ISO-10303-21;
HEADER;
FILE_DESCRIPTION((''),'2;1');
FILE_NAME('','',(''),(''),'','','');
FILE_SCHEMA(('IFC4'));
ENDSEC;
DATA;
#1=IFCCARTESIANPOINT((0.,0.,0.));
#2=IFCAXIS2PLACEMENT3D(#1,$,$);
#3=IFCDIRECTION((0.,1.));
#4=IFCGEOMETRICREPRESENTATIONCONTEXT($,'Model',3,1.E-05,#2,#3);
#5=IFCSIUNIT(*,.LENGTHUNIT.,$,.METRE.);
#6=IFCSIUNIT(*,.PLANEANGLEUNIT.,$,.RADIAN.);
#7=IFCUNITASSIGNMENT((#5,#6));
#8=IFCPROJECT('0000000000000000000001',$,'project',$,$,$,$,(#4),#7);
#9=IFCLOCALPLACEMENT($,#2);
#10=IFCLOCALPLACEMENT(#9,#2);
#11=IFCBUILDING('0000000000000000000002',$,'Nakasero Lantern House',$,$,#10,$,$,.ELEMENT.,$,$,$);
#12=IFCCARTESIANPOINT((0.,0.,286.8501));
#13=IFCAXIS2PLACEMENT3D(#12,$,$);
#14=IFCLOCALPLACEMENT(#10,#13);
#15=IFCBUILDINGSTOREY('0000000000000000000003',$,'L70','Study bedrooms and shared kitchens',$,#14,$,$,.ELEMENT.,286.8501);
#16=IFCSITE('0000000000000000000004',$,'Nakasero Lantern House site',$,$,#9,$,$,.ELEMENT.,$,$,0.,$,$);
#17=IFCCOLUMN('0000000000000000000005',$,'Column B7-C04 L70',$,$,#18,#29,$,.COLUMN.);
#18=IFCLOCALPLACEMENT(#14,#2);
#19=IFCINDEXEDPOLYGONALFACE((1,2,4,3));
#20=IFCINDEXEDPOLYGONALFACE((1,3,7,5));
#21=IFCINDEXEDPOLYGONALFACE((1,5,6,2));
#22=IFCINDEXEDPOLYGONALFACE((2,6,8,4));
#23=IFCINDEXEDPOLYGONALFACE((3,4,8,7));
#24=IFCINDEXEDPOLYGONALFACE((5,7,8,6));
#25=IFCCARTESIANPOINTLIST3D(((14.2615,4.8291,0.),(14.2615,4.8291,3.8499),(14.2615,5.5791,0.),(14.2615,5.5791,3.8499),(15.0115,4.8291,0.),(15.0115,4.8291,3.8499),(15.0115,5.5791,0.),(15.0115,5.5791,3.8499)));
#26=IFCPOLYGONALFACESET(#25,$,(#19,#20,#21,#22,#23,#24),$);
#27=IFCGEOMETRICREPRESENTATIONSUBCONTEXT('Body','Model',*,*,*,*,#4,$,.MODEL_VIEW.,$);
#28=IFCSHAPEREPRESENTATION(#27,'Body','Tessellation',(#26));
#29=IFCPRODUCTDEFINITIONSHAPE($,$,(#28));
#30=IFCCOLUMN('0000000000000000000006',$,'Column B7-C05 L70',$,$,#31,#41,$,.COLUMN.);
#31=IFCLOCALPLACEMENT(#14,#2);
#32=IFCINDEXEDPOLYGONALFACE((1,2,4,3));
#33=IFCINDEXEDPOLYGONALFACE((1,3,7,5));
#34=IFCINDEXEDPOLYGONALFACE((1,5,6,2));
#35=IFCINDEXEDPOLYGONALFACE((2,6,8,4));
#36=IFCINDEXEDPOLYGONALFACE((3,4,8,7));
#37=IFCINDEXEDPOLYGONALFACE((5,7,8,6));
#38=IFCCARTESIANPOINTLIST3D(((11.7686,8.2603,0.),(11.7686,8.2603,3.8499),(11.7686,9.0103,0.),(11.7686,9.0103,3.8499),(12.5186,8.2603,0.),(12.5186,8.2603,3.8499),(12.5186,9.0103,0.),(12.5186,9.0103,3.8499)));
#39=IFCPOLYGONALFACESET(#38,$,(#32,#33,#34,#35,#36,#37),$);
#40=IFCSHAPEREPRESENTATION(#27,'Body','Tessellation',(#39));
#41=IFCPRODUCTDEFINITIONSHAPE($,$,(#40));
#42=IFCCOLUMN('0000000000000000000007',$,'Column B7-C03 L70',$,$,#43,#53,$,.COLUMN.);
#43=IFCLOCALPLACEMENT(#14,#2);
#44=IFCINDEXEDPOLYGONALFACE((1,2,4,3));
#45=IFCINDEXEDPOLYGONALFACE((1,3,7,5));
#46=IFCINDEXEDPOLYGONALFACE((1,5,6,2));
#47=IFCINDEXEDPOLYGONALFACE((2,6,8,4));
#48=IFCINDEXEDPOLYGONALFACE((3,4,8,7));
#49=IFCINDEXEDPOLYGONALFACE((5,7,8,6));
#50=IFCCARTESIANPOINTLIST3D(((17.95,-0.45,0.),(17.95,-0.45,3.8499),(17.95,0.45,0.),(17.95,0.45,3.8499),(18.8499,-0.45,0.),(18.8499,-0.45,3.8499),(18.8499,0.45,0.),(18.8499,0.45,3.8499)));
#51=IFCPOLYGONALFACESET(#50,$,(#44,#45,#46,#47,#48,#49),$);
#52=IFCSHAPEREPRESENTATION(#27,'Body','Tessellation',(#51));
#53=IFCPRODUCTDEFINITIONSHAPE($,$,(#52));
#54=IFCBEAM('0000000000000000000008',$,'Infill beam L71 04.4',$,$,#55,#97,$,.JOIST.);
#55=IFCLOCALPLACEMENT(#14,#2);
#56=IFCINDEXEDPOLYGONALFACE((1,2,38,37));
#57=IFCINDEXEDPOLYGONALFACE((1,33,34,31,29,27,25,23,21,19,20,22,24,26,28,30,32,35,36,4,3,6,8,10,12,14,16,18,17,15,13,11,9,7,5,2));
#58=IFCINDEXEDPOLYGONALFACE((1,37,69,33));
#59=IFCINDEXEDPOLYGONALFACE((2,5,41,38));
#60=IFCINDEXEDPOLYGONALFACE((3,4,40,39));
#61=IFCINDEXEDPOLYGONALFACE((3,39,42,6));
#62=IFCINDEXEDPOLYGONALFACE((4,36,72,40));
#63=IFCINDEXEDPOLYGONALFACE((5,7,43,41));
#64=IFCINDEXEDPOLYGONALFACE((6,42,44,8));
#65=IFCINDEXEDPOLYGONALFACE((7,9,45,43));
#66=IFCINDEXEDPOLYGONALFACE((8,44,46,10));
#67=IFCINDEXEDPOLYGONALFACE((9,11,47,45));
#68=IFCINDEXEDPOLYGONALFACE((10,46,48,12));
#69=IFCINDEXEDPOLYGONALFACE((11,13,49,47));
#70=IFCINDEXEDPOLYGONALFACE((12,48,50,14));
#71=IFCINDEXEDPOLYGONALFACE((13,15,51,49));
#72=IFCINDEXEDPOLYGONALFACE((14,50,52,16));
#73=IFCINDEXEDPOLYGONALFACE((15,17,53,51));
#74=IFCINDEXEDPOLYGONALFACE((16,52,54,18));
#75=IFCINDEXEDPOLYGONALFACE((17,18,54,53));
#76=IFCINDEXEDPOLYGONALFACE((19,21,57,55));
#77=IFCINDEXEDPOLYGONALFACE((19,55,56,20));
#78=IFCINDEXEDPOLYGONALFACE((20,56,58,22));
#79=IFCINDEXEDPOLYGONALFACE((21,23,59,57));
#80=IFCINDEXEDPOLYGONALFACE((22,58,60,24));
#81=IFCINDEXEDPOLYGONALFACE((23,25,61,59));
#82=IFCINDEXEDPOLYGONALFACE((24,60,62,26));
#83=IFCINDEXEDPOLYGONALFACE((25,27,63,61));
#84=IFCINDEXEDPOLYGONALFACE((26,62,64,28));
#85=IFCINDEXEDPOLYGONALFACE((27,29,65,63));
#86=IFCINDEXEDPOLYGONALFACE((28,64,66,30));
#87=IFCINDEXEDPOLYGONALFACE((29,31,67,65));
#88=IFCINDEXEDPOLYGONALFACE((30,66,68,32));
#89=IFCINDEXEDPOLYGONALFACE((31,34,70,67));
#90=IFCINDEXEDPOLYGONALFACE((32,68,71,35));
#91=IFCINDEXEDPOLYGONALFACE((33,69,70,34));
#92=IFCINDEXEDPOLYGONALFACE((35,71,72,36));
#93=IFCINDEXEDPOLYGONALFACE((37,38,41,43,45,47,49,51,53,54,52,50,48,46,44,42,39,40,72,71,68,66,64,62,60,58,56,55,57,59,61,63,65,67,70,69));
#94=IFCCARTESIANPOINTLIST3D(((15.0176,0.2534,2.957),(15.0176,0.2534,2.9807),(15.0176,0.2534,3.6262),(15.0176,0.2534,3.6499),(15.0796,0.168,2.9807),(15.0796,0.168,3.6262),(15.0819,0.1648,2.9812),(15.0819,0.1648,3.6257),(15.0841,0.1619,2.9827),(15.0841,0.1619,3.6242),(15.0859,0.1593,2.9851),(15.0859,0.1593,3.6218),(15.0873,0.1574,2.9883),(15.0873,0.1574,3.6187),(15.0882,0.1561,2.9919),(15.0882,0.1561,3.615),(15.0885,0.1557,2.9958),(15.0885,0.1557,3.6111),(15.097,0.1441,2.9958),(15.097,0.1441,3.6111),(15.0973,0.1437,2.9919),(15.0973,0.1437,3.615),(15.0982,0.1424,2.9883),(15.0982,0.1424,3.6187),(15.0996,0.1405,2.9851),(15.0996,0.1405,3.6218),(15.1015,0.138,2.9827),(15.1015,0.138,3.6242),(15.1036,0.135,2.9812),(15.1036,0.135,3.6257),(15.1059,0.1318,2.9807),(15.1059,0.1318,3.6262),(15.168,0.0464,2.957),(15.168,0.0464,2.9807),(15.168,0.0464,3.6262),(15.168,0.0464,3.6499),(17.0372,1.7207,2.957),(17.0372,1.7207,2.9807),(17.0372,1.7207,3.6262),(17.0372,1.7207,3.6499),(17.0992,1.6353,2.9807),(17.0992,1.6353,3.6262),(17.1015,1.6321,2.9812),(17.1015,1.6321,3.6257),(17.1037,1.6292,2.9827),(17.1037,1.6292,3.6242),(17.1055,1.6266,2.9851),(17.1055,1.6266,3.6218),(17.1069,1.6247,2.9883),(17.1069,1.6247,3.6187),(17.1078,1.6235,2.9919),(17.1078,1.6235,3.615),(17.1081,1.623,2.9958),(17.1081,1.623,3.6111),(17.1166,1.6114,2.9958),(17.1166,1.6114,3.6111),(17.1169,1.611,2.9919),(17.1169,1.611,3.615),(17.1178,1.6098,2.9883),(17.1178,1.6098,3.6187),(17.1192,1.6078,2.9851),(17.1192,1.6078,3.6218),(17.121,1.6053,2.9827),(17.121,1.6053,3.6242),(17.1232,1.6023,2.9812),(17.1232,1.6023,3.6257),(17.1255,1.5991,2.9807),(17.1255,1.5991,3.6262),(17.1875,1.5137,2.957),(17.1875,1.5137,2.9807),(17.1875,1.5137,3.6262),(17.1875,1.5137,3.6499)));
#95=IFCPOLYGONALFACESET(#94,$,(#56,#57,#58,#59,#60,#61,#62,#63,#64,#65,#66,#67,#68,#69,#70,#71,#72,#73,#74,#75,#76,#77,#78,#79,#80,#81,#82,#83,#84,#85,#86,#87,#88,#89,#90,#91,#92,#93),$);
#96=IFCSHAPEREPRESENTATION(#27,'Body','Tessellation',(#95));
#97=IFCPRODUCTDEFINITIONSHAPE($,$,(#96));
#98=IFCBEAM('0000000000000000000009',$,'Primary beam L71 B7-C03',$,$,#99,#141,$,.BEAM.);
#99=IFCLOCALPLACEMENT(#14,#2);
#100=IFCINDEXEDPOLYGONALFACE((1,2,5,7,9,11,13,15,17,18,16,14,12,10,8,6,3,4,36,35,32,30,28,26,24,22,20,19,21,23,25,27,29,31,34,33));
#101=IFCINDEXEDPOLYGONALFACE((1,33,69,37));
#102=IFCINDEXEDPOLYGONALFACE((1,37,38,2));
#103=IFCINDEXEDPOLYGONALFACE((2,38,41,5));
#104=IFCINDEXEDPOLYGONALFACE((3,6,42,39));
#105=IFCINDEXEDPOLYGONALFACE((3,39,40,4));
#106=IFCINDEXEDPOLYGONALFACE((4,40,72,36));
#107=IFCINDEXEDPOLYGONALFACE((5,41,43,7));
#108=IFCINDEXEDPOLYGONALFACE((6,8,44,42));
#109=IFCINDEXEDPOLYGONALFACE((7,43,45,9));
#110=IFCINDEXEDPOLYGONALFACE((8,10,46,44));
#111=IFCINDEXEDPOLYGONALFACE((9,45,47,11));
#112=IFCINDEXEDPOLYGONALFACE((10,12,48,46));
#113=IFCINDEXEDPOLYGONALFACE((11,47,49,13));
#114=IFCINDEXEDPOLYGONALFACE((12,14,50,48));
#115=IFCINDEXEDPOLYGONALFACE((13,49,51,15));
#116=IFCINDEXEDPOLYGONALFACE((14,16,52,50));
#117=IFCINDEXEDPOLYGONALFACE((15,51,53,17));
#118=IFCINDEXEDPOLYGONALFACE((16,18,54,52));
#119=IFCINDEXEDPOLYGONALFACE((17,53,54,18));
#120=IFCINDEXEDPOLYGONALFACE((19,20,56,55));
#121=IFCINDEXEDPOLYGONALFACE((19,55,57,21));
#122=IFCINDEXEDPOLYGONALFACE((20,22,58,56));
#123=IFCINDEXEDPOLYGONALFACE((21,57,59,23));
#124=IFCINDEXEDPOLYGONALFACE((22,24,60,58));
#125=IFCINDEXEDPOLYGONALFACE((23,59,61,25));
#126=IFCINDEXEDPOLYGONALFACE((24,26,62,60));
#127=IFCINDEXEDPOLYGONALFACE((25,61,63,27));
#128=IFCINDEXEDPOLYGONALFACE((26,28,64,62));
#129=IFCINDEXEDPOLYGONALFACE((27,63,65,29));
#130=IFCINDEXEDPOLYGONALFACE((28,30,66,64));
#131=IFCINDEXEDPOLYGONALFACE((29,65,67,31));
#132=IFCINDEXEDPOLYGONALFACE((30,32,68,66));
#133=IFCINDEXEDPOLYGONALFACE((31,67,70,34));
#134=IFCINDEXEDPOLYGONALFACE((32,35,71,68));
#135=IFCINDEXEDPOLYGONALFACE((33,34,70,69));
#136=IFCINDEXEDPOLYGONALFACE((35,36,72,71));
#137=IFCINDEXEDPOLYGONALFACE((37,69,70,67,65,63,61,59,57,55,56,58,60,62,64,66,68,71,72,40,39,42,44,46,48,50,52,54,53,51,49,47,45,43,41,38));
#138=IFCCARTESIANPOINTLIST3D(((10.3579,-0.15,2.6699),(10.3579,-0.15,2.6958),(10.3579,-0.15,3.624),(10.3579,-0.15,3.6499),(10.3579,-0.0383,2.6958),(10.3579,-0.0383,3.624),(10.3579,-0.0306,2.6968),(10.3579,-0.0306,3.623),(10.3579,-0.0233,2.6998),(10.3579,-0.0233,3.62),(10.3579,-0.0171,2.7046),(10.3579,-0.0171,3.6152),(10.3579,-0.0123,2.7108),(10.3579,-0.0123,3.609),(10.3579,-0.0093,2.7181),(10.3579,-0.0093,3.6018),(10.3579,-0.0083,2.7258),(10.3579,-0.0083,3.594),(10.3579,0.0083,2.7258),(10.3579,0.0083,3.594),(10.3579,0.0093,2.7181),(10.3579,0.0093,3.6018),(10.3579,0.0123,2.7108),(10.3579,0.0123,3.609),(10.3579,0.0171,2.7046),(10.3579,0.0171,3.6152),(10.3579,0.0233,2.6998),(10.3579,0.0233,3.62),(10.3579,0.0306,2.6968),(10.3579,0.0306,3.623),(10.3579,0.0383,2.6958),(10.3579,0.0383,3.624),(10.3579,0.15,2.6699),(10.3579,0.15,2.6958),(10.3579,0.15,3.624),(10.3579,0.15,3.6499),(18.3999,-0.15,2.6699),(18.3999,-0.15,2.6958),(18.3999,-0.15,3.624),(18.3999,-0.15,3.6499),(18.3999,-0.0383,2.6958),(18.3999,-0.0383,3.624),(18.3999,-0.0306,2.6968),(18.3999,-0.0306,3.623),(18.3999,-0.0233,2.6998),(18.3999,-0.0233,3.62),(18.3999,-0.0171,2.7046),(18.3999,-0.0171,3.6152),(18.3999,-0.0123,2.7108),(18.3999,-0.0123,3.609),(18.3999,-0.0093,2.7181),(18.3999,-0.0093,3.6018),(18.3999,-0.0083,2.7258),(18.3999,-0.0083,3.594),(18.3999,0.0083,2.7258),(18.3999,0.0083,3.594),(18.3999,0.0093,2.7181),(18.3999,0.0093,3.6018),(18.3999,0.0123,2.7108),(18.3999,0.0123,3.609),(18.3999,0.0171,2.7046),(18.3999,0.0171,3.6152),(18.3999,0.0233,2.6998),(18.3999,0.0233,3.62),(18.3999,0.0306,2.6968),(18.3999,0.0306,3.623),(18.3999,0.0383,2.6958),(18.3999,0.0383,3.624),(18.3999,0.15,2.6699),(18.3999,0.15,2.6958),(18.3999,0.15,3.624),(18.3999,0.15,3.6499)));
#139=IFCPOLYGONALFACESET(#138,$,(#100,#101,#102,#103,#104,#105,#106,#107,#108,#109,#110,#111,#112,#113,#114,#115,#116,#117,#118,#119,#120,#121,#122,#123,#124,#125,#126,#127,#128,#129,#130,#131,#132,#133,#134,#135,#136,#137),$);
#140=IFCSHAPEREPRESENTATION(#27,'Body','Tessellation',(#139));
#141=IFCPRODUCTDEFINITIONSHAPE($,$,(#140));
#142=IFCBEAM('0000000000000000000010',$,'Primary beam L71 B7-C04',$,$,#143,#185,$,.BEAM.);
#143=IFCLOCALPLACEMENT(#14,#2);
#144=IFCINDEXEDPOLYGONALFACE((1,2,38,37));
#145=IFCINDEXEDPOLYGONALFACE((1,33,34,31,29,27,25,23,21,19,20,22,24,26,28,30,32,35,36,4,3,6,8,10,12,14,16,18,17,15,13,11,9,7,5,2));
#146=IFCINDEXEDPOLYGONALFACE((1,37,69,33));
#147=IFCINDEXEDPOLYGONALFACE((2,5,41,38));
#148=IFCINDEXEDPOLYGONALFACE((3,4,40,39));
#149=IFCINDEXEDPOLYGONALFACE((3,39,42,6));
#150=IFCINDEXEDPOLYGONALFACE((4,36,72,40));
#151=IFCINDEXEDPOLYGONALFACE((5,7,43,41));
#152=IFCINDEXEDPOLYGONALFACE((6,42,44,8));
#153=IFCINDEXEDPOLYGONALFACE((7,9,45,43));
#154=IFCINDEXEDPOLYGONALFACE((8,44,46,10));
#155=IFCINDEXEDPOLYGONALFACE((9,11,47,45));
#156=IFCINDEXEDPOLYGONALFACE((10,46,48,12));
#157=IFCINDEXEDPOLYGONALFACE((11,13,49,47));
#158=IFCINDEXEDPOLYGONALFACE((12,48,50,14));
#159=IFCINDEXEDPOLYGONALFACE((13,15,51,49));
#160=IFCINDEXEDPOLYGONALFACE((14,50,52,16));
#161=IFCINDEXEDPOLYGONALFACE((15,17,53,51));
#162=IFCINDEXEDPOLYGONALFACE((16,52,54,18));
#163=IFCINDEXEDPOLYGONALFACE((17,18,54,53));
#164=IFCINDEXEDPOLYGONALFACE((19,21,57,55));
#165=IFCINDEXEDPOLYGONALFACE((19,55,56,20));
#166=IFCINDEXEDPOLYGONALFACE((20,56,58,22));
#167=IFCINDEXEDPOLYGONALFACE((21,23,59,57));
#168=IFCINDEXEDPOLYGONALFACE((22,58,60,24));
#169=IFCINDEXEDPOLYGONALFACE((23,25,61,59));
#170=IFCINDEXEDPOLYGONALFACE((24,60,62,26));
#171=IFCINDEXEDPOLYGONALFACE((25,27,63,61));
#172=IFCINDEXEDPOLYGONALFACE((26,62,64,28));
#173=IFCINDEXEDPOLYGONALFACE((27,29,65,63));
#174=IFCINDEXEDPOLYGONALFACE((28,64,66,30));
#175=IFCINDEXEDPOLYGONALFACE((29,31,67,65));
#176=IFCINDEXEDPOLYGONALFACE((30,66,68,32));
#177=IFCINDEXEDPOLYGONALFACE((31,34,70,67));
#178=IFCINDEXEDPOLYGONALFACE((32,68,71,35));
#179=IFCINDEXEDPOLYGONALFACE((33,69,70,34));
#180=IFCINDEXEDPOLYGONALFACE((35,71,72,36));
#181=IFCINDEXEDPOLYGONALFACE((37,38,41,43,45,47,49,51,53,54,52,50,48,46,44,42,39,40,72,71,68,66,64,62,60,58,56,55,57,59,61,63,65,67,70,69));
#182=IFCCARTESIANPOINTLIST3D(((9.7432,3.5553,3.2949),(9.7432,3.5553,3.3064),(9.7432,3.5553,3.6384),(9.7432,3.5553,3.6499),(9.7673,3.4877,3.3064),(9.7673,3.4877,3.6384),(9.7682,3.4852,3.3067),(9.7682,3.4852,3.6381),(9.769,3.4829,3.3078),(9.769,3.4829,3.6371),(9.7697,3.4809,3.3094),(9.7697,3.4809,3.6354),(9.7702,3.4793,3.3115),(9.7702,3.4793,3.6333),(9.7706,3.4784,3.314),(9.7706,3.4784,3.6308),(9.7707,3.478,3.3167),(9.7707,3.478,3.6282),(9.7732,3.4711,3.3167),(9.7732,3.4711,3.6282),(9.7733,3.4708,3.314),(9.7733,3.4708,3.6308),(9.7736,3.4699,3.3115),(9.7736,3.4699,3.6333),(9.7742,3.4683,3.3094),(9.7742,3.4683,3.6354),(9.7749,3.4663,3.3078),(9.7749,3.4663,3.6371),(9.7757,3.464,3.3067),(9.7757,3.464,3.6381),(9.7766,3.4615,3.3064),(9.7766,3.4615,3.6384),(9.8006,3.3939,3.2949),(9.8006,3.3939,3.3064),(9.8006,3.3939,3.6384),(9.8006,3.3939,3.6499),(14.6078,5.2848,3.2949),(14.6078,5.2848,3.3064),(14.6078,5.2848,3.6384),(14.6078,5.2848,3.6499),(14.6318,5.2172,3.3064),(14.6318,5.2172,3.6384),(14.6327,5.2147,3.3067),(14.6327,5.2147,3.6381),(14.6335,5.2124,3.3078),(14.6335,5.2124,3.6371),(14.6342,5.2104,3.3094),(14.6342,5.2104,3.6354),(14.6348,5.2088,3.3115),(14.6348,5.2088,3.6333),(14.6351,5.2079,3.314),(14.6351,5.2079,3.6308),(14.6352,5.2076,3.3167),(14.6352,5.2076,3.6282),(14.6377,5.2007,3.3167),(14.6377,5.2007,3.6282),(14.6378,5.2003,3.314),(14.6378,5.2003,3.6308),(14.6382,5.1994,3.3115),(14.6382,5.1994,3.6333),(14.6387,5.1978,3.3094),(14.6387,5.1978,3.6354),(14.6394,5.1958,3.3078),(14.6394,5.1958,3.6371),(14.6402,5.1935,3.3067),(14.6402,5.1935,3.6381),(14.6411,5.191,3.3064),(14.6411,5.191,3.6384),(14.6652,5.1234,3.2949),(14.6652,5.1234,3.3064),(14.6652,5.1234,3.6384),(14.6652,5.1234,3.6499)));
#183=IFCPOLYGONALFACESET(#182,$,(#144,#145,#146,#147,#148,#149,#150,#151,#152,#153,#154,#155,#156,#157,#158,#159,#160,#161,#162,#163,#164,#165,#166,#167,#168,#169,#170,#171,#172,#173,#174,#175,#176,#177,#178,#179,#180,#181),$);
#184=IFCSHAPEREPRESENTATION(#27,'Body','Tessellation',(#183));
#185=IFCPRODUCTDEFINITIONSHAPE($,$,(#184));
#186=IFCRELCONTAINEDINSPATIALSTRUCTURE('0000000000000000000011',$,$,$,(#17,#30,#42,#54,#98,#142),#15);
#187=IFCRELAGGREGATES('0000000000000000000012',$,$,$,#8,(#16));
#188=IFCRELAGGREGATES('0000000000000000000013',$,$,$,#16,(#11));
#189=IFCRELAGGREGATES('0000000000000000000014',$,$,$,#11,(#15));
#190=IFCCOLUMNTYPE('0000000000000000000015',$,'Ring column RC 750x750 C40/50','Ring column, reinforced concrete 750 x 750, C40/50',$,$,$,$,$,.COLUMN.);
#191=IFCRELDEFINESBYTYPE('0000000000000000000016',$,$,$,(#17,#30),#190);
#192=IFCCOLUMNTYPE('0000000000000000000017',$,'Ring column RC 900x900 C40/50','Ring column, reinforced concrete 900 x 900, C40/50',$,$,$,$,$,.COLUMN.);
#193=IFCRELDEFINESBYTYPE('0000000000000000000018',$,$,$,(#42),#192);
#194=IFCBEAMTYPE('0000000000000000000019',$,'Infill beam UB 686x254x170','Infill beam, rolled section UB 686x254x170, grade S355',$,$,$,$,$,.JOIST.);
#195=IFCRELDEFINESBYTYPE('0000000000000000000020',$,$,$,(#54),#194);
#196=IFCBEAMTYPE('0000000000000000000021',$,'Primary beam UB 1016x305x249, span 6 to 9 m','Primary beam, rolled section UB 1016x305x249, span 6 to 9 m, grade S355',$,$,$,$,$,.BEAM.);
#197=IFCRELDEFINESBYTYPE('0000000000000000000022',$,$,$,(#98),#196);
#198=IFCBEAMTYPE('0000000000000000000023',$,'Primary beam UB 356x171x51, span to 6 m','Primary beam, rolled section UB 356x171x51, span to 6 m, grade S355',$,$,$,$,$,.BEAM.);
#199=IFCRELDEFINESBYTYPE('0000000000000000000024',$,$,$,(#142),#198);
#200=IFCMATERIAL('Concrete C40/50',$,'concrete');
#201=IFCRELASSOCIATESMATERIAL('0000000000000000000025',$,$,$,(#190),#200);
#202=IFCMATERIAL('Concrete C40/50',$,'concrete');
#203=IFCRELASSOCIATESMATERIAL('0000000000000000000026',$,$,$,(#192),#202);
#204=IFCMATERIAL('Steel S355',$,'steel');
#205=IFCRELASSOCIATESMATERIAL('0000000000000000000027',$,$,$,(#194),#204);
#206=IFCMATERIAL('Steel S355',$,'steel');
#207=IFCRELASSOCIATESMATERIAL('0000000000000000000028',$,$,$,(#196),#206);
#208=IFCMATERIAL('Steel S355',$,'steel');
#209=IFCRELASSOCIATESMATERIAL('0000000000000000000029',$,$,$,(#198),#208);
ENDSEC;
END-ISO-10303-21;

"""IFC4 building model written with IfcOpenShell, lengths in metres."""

from ifc_helpers import new_model, si_unit, direction, frame, origin, origin_2d, place, context, subcontext, project, spatial, rectangle, i_section, extrude, material, material_profile, profile_set, type_object, element, save


model = new_model("IFC4")

# Units and contexts
model_context = context("Model", 3, precision=1e-05, world=origin(), true_north=direction((0.0, 1.0)))
body_context = subcontext(model_context, "Body", "Model", "MODEL_VIEW")
ifc_project = project(units=[si_unit("LENGTHUNIT", "METRE"), si_unit("PLANEANGLEUNIT", "RADIAN")], contexts=[model_context])

# Site, building, storey
site_placement = place(None, origin())
site = spatial("IfcSite", under=ifc_project, at=site_placement, Name="Nakasero Lantern House site", CompositionType="ELEMENT", RefElevation=0.0)
building_placement = place(site_placement, origin())
building = spatial("IfcBuilding", under=site, at=building_placement, Name="Nakasero Lantern House", CompositionType="ELEMENT")
storey_placement = place(building_placement, frame((0.0, 0.0, 286.8501)))
storey = spatial("IfcBuildingStorey", under=building, at=storey_placement, Name="L70", Description="Study bedrooms and shared kitchens", CompositionType="ELEMENT", Elevation=286.8501)

# Columns
ifc_material_1 = material(Name="Concrete C40/50", Category="concrete")
ifc_material_profile_1 = material_profile(ifc_material_1, rectangle(XDim=0.75, YDim=0.75, at=origin_2d()), Name="RC 750x750")
ifc_profile_set_1 = profile_set([ifc_material_profile_1], Name="Concrete C40/50")
column_type_1 = type_object("IfcColumnType", Name="Ring column RC 750x750 C40/50", Description="Ring column, reinforced concrete 750 x 750, C40/50", PredefinedType="COLUMN", material=ifc_profile_set_1)
for number, where, z_axis, x_axis, name in (
    (1, (14.6365, 5.2041, 0.0), (0.0, 0.0, 1.0), (1.0, 0.0, 0.0), "Column B7-C04 L70"),
    (2, (12.1436, 8.6353, 0.0), (0.0, 0.0, 1.0), (1.0, 0.0, 0.0), "Column B7-C05 L70"),
):
    element("IfcColumn", number, at=place(storey_placement, frame(where, z_axis=z_axis, x_axis=x_axis)), inside=storey, type_object=column_type_1, Name=name, PredefinedType="COLUMN", context=body_context, shape_type="SweptSolid", body=[
        extrude(rectangle(XDim=0.75, YDim=0.75, at=origin_2d()), origin(), (0.0, 0.0, 1.0), 3.8499),
    ])
ifc_material_2 = material(Name="Concrete C40/50", Category="concrete")
ifc_material_profile_2 = material_profile(ifc_material_2, rectangle(XDim=0.8999, YDim=0.8999, at=origin_2d()), Name="RC 900x900")
ifc_profile_set_2 = profile_set([ifc_material_profile_2], Name="Concrete C40/50")
column_type_2 = type_object("IfcColumnType", Name="Ring column RC 900x900 C40/50", Description="Ring column, reinforced concrete 900 x 900, C40/50", PredefinedType="COLUMN", material=ifc_profile_set_2)
column_placement = place(storey_placement, frame((18.3999, 0.0, 0.0), z_axis=(0.0, 0.0, 1.0), x_axis=(1.0, 0.0, 0.0)))
element("IfcColumn", 3, at=column_placement, inside=storey, type_object=column_type_2, Name="Column B7-C03 L70", PredefinedType="COLUMN", context=body_context, shape_type="SweptSolid", body=[
    extrude(rectangle(XDim=0.8999, YDim=0.8999, at=origin_2d()), origin(), (0.0, 0.0, 1.0), 3.8499),
])

# Beams
ifc_material_3 = material(Name="Steel S355", Category="steel")
ifc_material_profile_3 = material_profile(ifc_material_3, i_section(OverallWidth=0.2559, OverallDepth=0.6929, WebThickness=0.0144, FlangeThickness=0.0237, FilletRadius=0.0151, at=origin_2d()), Name="UB 686x254x170")
ifc_profile_set_3 = profile_set([ifc_material_profile_3], Name="Steel S355")
beam_type_1 = type_object("IfcBeamType", Name="Infill beam UB 686x254x170", Description="Infill beam, rolled section UB 686x254x170, grade S355", PredefinedType="JOIST", material=ifc_profile_set_3)
beam_1_placement = place(storey_placement, frame((15.0928, 0.1499, 3.3035), z_axis=(0.809015, 0.587788, 0.0), x_axis=(-0.587788, 0.809015, 0.0)))
element("IfcBeam", 4, at=beam_1_placement, inside=storey, type_object=beam_type_1, Name="Infill beam L71 04.4", PredefinedType="JOIST", context=body_context, shape_type="SweptSolid", body=[
    extrude(i_section(OverallWidth=0.2559, OverallDepth=0.6929, WebThickness=0.0144, FlangeThickness=0.0237, FilletRadius=0.0151, at=origin_2d()), origin(), (0.0, 0.0, 1.0), 2.4963),
])
ifc_material_4 = material(Name="Steel S355", Category="steel")
ifc_material_profile_4 = material_profile(ifc_material_4, i_section(OverallWidth=0.3, OverallDepth=0.98, WebThickness=0.0166, FlangeThickness=0.0259, FilletRadius=0.03, at=origin_2d()), Name="UB 1016x305x249")
ifc_profile_set_4 = profile_set([ifc_material_profile_4], Name="Steel S355")
beam_type_2 = type_object("IfcBeamType", Name="Primary beam UB 1016x305x249, span 6 to 9 m", Description="Primary beam, rolled section UB 1016x305x249, span 6 to 9 m, grade S355", PredefinedType="BEAM", material=ifc_profile_set_4)
beam_2_placement = place(storey_placement, frame((18.3999, 0.0, 3.1599), z_axis=(-1.0, 0.0, 0.0), x_axis=(0.0, -1.0, 0.0)))
element("IfcBeam", 5, at=beam_2_placement, inside=storey, type_object=beam_type_2, Name="Primary beam L71 B7-C03", PredefinedType="BEAM", context=body_context, shape_type="SweptSolid", body=[
    extrude(i_section(OverallWidth=0.3, OverallDepth=0.98, WebThickness=0.0166, FlangeThickness=0.0259, FilletRadius=0.03, at=origin_2d()), origin(), (0.0, 0.0, 1.0), 8.042),
])
ifc_material_5 = material(Name="Steel S355", Category="steel")
ifc_material_profile_5 = material_profile(ifc_material_5, i_section(OverallWidth=0.1714, OverallDepth=0.355, WebThickness=0.0073, FlangeThickness=0.0115, FilletRadius=0.0103, at=origin_2d()), Name="UB 356x171x51")
ifc_profile_set_5 = profile_set([ifc_material_profile_5], Name="Steel S355")
beam_type_3 = type_object("IfcBeamType", Name="Primary beam UB 356x171x51, span to 6 m", Description="Primary beam, rolled section UB 356x171x51, span to 6 m, grade S355", PredefinedType="BEAM", material=ifc_profile_set_5)
beam_3_placement = place(storey_placement, frame((14.6365, 5.2041, 3.4724), z_axis=(-0.942221, -0.334991, 0.0), x_axis=(0.334991, -0.942221, 0.0)))
element("IfcBeam", 6, at=beam_3_placement, inside=storey, type_object=beam_type_3, Name="Primary beam L71 B7-C04", PredefinedType="BEAM", context=body_context, shape_type="SweptSolid", body=[
    extrude(i_section(OverallWidth=0.1714, OverallDepth=0.355, WebThickness=0.0073, FlangeThickness=0.0115, FilletRadius=0.0103, at=origin_2d()), origin(), (0.0, 0.0, 1.0), 5.1628),
])

save(model, "model.ifc")
